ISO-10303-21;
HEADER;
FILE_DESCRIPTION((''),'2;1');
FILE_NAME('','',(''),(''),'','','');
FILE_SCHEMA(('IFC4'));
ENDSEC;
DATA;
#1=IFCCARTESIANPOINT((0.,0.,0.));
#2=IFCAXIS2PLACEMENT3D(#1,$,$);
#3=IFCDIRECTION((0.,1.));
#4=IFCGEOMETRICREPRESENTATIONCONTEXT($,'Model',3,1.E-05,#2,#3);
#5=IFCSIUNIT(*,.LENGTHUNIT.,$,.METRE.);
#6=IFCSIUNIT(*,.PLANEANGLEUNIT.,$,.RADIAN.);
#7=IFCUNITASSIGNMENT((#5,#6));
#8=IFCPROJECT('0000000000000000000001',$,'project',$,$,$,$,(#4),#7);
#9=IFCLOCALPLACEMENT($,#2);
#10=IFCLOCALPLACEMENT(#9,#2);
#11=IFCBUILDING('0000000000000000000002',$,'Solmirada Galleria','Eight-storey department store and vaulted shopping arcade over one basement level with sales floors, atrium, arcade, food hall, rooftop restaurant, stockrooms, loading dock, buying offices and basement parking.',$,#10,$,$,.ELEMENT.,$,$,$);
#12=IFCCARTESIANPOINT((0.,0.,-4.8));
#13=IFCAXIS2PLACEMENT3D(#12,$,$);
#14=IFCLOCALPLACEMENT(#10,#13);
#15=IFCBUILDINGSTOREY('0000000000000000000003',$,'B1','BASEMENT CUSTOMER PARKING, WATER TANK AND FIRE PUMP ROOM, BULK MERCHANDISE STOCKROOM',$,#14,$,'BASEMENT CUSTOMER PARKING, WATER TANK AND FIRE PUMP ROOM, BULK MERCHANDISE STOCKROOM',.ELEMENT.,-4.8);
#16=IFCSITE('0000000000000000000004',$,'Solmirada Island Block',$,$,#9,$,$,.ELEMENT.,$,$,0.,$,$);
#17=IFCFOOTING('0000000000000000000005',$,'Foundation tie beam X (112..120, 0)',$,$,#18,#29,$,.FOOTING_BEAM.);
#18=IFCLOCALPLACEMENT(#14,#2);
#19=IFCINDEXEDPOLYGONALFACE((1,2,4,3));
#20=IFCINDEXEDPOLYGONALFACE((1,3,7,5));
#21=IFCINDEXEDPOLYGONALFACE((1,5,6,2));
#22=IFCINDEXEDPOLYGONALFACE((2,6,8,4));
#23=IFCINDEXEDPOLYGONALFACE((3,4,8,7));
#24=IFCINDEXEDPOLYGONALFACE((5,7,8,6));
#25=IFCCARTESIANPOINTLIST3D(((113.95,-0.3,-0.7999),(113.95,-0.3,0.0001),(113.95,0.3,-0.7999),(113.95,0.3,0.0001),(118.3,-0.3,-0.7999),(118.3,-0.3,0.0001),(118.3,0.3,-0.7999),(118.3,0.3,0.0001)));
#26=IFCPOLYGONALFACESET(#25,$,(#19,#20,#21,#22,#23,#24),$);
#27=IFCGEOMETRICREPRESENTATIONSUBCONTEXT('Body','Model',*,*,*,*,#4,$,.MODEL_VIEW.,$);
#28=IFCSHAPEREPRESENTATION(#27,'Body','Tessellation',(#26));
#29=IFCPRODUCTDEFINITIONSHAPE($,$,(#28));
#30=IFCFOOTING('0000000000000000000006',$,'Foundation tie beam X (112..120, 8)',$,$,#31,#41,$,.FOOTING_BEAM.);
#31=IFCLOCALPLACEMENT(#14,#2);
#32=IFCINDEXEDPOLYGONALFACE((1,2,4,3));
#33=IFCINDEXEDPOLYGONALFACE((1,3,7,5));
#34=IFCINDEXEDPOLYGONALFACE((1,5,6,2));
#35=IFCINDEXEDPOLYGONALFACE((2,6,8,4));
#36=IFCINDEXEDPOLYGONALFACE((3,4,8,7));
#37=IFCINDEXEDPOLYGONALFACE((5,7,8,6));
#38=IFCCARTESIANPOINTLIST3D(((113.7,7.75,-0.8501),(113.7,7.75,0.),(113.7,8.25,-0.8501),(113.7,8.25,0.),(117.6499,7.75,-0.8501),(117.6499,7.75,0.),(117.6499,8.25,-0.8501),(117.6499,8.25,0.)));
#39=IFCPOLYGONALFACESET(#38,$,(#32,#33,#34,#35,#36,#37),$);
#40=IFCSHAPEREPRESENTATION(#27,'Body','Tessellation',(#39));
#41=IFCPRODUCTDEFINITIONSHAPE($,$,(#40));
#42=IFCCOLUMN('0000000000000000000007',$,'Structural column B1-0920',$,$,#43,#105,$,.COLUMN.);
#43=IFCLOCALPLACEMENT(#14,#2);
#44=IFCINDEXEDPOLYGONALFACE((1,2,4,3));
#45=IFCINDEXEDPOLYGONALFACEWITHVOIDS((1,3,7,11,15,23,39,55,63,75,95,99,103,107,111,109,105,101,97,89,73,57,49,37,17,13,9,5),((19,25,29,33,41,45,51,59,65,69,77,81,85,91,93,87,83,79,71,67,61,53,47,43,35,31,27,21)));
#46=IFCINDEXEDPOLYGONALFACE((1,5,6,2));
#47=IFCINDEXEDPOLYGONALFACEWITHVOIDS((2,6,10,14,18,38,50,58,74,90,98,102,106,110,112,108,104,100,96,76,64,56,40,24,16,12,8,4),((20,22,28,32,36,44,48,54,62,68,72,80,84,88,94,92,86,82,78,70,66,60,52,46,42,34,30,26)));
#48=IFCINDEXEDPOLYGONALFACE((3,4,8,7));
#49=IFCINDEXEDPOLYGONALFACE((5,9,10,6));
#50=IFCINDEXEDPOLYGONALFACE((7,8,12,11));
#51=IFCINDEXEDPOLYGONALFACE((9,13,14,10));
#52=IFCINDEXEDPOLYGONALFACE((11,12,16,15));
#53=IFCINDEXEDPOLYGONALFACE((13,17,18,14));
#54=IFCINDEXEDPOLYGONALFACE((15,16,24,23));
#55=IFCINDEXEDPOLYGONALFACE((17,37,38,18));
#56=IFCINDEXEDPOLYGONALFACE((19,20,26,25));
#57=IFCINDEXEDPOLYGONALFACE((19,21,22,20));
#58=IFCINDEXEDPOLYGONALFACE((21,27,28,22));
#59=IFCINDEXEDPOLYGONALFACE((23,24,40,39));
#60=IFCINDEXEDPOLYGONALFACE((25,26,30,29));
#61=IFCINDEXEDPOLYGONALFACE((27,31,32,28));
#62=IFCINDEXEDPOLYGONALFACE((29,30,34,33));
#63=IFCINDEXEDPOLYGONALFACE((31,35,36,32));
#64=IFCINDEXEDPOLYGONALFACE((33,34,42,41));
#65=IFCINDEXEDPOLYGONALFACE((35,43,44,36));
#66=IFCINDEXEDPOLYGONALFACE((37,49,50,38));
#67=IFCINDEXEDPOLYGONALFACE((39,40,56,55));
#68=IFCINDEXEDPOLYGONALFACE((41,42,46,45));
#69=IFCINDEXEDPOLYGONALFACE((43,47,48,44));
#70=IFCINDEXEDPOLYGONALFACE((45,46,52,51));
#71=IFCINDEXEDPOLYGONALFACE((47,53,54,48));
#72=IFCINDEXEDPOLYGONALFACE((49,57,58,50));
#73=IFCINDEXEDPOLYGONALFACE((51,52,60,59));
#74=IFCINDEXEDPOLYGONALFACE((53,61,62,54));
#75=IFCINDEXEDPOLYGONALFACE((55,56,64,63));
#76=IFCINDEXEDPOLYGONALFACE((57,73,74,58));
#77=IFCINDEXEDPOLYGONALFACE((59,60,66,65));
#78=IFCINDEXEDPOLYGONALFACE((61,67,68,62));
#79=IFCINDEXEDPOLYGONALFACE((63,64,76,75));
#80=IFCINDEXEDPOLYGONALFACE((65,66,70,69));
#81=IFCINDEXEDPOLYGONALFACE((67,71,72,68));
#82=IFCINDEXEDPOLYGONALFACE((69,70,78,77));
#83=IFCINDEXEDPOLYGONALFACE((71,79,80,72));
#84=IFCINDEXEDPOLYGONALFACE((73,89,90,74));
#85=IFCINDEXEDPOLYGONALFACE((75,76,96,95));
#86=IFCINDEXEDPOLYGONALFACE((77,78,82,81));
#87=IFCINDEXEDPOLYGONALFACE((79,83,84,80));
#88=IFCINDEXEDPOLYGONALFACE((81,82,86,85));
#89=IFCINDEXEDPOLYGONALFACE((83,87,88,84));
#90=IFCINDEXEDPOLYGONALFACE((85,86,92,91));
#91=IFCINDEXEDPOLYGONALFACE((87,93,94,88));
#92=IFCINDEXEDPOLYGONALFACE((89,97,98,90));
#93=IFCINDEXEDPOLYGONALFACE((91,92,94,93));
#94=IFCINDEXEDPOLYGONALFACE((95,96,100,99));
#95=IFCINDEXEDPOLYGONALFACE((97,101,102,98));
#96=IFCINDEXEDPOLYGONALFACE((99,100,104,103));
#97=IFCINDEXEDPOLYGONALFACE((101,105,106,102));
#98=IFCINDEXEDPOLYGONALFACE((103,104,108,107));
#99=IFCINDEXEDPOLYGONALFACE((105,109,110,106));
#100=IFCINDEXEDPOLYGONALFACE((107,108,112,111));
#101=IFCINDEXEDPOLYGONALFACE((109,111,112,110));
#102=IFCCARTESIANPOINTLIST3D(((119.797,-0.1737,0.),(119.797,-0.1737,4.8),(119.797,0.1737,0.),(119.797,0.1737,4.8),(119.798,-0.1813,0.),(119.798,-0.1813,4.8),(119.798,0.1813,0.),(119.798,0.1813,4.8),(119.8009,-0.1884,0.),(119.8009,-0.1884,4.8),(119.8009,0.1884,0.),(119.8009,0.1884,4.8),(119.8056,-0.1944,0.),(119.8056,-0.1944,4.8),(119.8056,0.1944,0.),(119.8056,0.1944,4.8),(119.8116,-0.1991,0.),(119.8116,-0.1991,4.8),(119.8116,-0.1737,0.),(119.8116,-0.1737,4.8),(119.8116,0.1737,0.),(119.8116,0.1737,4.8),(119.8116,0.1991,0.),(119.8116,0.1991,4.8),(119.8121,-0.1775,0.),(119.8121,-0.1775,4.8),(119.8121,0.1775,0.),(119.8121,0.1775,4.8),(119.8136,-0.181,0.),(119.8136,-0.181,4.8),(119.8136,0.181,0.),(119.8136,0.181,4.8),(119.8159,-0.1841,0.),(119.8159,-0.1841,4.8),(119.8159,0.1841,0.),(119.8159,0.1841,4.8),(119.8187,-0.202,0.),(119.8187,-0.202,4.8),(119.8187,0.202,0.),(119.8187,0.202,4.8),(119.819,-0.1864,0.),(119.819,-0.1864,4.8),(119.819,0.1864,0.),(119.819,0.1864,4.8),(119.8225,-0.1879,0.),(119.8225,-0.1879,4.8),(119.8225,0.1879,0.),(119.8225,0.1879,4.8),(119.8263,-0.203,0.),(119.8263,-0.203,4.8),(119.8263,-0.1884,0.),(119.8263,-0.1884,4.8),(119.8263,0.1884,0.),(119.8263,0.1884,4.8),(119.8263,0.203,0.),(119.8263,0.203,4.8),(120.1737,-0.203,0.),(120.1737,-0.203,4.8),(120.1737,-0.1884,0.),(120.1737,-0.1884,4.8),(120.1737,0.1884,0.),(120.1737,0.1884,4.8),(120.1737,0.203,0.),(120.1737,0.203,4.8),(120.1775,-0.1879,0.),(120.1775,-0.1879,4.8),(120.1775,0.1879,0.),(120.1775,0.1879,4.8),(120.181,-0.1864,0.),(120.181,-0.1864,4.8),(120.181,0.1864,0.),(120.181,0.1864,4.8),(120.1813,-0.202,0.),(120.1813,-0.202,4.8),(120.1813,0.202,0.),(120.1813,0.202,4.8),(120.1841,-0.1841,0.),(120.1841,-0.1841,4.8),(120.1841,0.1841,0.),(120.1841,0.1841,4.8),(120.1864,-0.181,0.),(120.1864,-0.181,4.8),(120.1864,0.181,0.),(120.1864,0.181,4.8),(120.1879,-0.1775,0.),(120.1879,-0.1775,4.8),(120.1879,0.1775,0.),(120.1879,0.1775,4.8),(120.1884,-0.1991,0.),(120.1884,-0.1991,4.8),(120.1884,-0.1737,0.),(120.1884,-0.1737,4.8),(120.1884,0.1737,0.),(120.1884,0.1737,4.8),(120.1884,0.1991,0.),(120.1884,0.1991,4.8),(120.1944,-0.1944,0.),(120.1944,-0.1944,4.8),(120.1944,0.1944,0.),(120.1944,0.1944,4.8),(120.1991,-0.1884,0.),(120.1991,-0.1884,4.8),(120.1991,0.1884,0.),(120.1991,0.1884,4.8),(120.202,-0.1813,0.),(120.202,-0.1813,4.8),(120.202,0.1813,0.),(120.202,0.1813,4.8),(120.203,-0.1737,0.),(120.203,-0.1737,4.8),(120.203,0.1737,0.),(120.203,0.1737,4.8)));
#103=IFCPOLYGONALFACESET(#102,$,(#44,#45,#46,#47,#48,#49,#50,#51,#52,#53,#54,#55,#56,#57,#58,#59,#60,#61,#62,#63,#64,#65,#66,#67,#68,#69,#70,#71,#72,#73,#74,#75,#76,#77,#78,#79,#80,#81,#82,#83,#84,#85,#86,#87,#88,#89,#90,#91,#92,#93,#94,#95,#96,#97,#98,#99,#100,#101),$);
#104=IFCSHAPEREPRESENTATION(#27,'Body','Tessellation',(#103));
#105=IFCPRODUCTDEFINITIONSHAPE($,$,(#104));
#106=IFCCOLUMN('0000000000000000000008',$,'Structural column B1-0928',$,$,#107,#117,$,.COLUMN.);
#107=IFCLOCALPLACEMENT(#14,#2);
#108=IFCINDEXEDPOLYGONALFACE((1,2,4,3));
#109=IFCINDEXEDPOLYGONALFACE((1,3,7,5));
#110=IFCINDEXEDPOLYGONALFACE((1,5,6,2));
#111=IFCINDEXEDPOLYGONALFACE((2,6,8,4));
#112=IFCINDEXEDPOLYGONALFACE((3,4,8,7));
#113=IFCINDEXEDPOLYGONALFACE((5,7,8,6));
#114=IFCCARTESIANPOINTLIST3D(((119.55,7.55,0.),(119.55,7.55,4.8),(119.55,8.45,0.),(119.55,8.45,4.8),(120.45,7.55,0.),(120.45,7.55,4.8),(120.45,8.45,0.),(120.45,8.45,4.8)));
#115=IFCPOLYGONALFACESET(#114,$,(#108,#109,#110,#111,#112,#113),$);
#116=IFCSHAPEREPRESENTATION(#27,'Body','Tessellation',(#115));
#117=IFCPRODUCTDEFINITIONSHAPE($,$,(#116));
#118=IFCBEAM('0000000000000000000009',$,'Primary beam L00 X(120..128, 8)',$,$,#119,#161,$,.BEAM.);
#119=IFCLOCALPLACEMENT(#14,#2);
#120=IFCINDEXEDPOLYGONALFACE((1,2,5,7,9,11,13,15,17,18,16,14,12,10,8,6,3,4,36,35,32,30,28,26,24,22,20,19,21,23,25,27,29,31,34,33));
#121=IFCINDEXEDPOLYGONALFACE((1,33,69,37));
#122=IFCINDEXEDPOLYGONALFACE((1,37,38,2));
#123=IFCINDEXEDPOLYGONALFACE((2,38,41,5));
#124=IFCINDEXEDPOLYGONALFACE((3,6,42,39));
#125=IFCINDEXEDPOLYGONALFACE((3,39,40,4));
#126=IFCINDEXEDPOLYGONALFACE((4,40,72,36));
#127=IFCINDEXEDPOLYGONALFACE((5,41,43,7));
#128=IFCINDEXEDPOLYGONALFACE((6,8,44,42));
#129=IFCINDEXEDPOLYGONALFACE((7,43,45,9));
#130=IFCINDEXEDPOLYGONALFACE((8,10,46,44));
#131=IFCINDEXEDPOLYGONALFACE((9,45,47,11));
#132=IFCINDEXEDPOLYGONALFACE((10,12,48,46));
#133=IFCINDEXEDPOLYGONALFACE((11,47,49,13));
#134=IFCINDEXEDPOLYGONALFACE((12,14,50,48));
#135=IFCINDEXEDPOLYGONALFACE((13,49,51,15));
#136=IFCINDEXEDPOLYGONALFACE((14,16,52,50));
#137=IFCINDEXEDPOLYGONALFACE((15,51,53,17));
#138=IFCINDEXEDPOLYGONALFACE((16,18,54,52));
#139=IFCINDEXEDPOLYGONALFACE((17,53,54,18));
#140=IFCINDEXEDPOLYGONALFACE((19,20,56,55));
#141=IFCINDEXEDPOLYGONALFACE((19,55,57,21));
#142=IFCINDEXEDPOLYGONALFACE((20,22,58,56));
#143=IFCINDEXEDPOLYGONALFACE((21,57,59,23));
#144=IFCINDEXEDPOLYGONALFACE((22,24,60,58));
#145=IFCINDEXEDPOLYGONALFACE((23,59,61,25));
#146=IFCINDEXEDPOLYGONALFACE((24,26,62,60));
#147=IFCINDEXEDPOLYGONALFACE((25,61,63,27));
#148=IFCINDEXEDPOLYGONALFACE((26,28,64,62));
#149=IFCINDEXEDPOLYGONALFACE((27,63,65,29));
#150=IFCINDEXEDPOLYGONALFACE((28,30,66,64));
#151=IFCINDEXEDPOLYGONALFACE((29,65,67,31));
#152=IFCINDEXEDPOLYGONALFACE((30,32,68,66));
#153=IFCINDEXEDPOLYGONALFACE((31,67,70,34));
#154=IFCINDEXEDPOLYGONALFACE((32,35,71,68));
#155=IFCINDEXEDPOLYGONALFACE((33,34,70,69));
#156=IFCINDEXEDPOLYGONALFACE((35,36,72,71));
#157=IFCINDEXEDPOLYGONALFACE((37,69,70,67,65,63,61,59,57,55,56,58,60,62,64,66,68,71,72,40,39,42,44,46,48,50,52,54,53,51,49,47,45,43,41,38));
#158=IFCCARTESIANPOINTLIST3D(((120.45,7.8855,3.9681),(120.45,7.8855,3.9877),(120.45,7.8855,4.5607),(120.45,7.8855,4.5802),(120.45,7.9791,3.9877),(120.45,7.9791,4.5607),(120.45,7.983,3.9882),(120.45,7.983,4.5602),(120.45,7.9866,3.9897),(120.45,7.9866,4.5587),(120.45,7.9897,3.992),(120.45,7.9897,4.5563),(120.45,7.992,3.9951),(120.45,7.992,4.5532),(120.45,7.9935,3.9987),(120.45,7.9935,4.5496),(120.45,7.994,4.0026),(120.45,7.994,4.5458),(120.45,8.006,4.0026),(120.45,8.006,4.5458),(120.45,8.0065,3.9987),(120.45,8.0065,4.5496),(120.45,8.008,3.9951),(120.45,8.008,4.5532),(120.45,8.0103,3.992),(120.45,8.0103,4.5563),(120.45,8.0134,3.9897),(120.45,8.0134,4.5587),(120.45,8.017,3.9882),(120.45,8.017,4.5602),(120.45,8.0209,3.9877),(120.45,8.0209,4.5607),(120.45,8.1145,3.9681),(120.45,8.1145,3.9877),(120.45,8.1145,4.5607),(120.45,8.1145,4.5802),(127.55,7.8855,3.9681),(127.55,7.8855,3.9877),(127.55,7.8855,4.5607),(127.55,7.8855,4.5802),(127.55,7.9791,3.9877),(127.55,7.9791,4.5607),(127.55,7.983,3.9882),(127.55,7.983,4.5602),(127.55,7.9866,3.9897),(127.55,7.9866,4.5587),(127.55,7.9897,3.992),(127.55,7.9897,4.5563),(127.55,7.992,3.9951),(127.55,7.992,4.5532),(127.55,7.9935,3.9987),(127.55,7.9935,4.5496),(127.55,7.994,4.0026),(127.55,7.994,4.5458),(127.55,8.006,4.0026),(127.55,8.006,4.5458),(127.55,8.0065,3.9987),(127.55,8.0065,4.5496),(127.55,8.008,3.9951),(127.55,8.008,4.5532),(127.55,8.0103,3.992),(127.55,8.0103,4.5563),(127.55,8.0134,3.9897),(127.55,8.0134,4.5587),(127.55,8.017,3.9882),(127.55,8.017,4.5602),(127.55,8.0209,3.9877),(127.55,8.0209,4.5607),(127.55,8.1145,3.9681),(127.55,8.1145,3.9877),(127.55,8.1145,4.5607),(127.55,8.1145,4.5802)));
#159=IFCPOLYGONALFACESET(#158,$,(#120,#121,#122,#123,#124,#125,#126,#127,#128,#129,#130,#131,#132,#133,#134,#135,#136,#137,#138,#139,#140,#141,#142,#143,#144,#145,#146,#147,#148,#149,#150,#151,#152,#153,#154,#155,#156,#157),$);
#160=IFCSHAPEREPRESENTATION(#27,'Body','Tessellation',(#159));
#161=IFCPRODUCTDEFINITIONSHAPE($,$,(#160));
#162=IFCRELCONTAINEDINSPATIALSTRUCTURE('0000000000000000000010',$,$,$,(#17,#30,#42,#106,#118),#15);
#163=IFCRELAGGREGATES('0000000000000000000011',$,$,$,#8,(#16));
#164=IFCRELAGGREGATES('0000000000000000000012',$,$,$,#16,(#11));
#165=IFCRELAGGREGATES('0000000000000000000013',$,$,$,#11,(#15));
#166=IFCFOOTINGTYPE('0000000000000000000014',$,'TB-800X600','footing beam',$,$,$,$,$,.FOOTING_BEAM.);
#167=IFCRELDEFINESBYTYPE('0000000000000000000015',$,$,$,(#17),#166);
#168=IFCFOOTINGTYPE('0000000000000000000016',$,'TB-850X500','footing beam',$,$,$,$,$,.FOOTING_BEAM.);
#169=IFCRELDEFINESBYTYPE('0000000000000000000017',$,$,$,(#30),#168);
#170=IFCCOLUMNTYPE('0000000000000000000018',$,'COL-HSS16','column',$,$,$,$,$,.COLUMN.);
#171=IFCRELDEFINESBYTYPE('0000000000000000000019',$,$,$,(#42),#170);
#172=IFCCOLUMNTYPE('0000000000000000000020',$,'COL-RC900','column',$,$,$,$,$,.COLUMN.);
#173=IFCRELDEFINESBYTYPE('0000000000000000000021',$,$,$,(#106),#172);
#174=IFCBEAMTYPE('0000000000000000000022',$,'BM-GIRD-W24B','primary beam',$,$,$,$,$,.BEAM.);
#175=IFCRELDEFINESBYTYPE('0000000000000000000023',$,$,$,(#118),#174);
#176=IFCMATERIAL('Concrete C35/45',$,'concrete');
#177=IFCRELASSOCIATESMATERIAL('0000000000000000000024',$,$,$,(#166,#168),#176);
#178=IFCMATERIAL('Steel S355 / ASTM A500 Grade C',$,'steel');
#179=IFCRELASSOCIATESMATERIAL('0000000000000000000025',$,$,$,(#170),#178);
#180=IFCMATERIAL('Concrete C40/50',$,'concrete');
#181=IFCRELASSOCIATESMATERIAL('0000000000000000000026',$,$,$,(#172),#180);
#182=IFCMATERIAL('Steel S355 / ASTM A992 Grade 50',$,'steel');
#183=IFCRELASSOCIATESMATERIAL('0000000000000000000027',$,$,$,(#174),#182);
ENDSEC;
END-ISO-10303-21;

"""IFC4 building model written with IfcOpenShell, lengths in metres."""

from ifc_helpers import new_model, si_unit, direction, frame, origin, origin_2d, place, context, subcontext, project, spatial, rectangle, hollow_rectangle, i_section, extrude, material, material_profile, profile_set, type_object, element, save


model = new_model("IFC4")

# Units and contexts
model_context = context("Model", 3, precision=1e-05, world=origin(), true_north=direction((0.0, 1.0)))
body_context = subcontext(model_context, "Body", "Model", "MODEL_VIEW")
ifc_project = project(units=[si_unit("LENGTHUNIT", "METRE"), si_unit("PLANEANGLEUNIT", "RADIAN")], contexts=[model_context])

# Site, building, storey
site_placement = place(None, origin())
site = spatial("IfcSite", under=ifc_project, at=site_placement, Name="Solmirada Island Block", CompositionType="ELEMENT", RefElevation=0.0)
building_placement = place(site_placement, origin())
building = spatial("IfcBuilding", under=site, at=building_placement, Name="Solmirada Galleria", Description="Eight-storey department store and vaulted shopping arcade over one basement level with sales floors, atrium, arcade, food hall, rooftop restaurant, stockrooms, loading dock, buying offices and basement parking.", CompositionType="ELEMENT")
storey_placement = place(building_placement, frame((0.0, 0.0, -4.8)))
storey = spatial("IfcBuildingStorey", under=building, at=storey_placement, Name="B1", Description="BASEMENT CUSTOMER PARKING, WATER TANK AND FIRE PUMP ROOM, BULK MERCHANDISE STOCKROOM", LongName="BASEMENT CUSTOMER PARKING, WATER TANK AND FIRE PUMP ROOM, BULK MERCHANDISE STOCKROOM", CompositionType="ELEMENT", Elevation=-4.8)

# Shared definitions
ifc_material_1 = material(Name="Concrete C35/45", Category="concrete")

# Shared definitions
ifc_material_2 = material(Name="Concrete C40/50", Category="concrete")

# Footings
ifc_material_profile_1 = material_profile(ifc_material_1, rectangle(XDim=0.6001, YDim=0.8, at=origin_2d()), Name="RC800X600")
ifc_profile_set_1 = profile_set([ifc_material_profile_1], Name="Concrete C35/45")
footing_type_1 = type_object("IfcFootingType", Name="TB-800X600", Description="footing beam", PredefinedType="FOOTING_BEAM", material=ifc_profile_set_1)
footing_1_placement = place(storey_placement, frame((113.95, 0.0, -0.3999), z_axis=(1.0, 0.0, 0.0), x_axis=(0.0, 1.0, 0.0)))
element("IfcFooting", 1, at=footing_1_placement, inside=storey, type_object=footing_type_1, Name="Foundation tie beam X (112..120, 0)", PredefinedType="FOOTING_BEAM", context=body_context, shape_type="SweptSolid", body=[
    extrude(rectangle(XDim=0.6001, YDim=0.8, at=origin_2d()), origin(), (0.0, 0.0, 1.0), 4.3501),
])
ifc_material_profile_2 = material_profile(ifc_material_1, rectangle(XDim=0.5, YDim=0.8501, at=origin_2d()), Name="RC850X500")
ifc_profile_set_2 = profile_set([ifc_material_profile_2], Name="Concrete C35/45")
footing_type_2 = type_object("IfcFootingType", Name="TB-850X500", Description="footing beam", PredefinedType="FOOTING_BEAM", material=ifc_profile_set_2)
footing_2_placement = place(storey_placement, frame((113.7, 8.0, -0.425), z_axis=(1.0, 0.0, 0.0), x_axis=(0.0, 1.0, 0.0)))
element("IfcFooting", 2, at=footing_2_placement, inside=storey, type_object=footing_type_2, Name="Foundation tie beam X (112..120, 8)", PredefinedType="FOOTING_BEAM", context=body_context, shape_type="SweptSolid", body=[
    extrude(rectangle(XDim=0.5, YDim=0.8501, at=origin_2d()), origin(), (0.0, 0.0, 1.0), 3.95),
])

# Columns
ifc_material_3 = material(Name="Steel S355 / ASTM A500 Grade C", Category="steel")
ifc_material_profile_3 = material_profile(ifc_material_3, hollow_rectangle(XDim=0.406, YDim=0.406, WallThickness=0.0146, InnerFilletRadius=0.0146, OuterFilletRadius=0.0293, at=origin_2d()), Name="HSS16X16X5/8")
ifc_profile_set_3 = profile_set([ifc_material_profile_3], Name="Steel S355 / ASTM A500 Grade C")
column_type_1 = type_object("IfcColumnType", Name="COL-HSS16", Description="column", PredefinedType="COLUMN", material=ifc_profile_set_3)
column_1_placement = place(storey_placement, frame((120.0, 0.0, 0.0), z_axis=(0.0, 0.0, 1.0), x_axis=(1.0, 0.0, 0.0)))
element("IfcColumn", 3, at=column_1_placement, inside=storey, type_object=column_type_1, Name="Structural column B1-0920", PredefinedType="COLUMN", context=body_context, shape_type="SweptSolid", body=[
    extrude(hollow_rectangle(XDim=0.406, YDim=0.406, WallThickness=0.0146, InnerFilletRadius=0.0146, OuterFilletRadius=0.0293, at=origin_2d()), origin(), (0.0, 0.0, 1.0), 4.8),
])
ifc_material_profile_4 = material_profile(ifc_material_2, rectangle(XDim=0.8999, YDim=0.8999, at=origin_2d()), Name="RC900X900")
ifc_profile_set_4 = profile_set([ifc_material_profile_4], Name="Concrete C40/50")
column_type_2 = type_object("IfcColumnType", Name="COL-RC900", Description="column", PredefinedType="COLUMN", material=ifc_profile_set_4)
column_2_placement = place(storey_placement, frame((120.0, 8.0, 0.0), z_axis=(0.0, 0.0, 1.0), x_axis=(1.0, 0.0, 0.0)))
element("IfcColumn", 4, at=column_2_placement, inside=storey, type_object=column_type_2, Name="Structural column B1-0928", PredefinedType="COLUMN", context=body_context, shape_type="SweptSolid", body=[
    extrude(rectangle(XDim=0.8999, YDim=0.8999, at=origin_2d()), origin(), (0.0, 0.0, 1.0), 4.8),
])

# Beam
ifc_material_4 = material(Name="Steel S355 / ASTM A992 Grade 50", Category="steel")
ifc_material_profile_5 = material_profile(ifc_material_4, i_section(OverallWidth=0.229, OverallDepth=0.6121, WebThickness=0.012, FlangeThickness=0.0195, FilletRadius=0.0149, at=origin_2d()), Name="W24X84")
ifc_profile_set_5 = profile_set([ifc_material_profile_5], Name="Steel S355 / ASTM A992 Grade 50")
beam_type_1 = type_object("IfcBeamType", Name="BM-GIRD-W24B", Description="primary beam", PredefinedType="BEAM", material=ifc_profile_set_5)
beam_1_placement = place(storey_placement, frame((120.45, 8.0, 4.2742), z_axis=(1.0, 0.0, 0.0), x_axis=(0.0, 1.0, 0.0)))
element("IfcBeam", 5, at=beam_1_placement, inside=storey, type_object=beam_type_1, Name="Primary beam L00 X(120..128, 8)", PredefinedType="BEAM", context=body_context, shape_type="SweptSolid", body=[
    extrude(i_section(OverallWidth=0.229, OverallDepth=0.6121, WebThickness=0.012, FlangeThickness=0.0195, FilletRadius=0.0149, at=origin_2d()), origin(), (0.0, 0.0, 1.0), 7.1001),
])

save(model, "model.ifc")
